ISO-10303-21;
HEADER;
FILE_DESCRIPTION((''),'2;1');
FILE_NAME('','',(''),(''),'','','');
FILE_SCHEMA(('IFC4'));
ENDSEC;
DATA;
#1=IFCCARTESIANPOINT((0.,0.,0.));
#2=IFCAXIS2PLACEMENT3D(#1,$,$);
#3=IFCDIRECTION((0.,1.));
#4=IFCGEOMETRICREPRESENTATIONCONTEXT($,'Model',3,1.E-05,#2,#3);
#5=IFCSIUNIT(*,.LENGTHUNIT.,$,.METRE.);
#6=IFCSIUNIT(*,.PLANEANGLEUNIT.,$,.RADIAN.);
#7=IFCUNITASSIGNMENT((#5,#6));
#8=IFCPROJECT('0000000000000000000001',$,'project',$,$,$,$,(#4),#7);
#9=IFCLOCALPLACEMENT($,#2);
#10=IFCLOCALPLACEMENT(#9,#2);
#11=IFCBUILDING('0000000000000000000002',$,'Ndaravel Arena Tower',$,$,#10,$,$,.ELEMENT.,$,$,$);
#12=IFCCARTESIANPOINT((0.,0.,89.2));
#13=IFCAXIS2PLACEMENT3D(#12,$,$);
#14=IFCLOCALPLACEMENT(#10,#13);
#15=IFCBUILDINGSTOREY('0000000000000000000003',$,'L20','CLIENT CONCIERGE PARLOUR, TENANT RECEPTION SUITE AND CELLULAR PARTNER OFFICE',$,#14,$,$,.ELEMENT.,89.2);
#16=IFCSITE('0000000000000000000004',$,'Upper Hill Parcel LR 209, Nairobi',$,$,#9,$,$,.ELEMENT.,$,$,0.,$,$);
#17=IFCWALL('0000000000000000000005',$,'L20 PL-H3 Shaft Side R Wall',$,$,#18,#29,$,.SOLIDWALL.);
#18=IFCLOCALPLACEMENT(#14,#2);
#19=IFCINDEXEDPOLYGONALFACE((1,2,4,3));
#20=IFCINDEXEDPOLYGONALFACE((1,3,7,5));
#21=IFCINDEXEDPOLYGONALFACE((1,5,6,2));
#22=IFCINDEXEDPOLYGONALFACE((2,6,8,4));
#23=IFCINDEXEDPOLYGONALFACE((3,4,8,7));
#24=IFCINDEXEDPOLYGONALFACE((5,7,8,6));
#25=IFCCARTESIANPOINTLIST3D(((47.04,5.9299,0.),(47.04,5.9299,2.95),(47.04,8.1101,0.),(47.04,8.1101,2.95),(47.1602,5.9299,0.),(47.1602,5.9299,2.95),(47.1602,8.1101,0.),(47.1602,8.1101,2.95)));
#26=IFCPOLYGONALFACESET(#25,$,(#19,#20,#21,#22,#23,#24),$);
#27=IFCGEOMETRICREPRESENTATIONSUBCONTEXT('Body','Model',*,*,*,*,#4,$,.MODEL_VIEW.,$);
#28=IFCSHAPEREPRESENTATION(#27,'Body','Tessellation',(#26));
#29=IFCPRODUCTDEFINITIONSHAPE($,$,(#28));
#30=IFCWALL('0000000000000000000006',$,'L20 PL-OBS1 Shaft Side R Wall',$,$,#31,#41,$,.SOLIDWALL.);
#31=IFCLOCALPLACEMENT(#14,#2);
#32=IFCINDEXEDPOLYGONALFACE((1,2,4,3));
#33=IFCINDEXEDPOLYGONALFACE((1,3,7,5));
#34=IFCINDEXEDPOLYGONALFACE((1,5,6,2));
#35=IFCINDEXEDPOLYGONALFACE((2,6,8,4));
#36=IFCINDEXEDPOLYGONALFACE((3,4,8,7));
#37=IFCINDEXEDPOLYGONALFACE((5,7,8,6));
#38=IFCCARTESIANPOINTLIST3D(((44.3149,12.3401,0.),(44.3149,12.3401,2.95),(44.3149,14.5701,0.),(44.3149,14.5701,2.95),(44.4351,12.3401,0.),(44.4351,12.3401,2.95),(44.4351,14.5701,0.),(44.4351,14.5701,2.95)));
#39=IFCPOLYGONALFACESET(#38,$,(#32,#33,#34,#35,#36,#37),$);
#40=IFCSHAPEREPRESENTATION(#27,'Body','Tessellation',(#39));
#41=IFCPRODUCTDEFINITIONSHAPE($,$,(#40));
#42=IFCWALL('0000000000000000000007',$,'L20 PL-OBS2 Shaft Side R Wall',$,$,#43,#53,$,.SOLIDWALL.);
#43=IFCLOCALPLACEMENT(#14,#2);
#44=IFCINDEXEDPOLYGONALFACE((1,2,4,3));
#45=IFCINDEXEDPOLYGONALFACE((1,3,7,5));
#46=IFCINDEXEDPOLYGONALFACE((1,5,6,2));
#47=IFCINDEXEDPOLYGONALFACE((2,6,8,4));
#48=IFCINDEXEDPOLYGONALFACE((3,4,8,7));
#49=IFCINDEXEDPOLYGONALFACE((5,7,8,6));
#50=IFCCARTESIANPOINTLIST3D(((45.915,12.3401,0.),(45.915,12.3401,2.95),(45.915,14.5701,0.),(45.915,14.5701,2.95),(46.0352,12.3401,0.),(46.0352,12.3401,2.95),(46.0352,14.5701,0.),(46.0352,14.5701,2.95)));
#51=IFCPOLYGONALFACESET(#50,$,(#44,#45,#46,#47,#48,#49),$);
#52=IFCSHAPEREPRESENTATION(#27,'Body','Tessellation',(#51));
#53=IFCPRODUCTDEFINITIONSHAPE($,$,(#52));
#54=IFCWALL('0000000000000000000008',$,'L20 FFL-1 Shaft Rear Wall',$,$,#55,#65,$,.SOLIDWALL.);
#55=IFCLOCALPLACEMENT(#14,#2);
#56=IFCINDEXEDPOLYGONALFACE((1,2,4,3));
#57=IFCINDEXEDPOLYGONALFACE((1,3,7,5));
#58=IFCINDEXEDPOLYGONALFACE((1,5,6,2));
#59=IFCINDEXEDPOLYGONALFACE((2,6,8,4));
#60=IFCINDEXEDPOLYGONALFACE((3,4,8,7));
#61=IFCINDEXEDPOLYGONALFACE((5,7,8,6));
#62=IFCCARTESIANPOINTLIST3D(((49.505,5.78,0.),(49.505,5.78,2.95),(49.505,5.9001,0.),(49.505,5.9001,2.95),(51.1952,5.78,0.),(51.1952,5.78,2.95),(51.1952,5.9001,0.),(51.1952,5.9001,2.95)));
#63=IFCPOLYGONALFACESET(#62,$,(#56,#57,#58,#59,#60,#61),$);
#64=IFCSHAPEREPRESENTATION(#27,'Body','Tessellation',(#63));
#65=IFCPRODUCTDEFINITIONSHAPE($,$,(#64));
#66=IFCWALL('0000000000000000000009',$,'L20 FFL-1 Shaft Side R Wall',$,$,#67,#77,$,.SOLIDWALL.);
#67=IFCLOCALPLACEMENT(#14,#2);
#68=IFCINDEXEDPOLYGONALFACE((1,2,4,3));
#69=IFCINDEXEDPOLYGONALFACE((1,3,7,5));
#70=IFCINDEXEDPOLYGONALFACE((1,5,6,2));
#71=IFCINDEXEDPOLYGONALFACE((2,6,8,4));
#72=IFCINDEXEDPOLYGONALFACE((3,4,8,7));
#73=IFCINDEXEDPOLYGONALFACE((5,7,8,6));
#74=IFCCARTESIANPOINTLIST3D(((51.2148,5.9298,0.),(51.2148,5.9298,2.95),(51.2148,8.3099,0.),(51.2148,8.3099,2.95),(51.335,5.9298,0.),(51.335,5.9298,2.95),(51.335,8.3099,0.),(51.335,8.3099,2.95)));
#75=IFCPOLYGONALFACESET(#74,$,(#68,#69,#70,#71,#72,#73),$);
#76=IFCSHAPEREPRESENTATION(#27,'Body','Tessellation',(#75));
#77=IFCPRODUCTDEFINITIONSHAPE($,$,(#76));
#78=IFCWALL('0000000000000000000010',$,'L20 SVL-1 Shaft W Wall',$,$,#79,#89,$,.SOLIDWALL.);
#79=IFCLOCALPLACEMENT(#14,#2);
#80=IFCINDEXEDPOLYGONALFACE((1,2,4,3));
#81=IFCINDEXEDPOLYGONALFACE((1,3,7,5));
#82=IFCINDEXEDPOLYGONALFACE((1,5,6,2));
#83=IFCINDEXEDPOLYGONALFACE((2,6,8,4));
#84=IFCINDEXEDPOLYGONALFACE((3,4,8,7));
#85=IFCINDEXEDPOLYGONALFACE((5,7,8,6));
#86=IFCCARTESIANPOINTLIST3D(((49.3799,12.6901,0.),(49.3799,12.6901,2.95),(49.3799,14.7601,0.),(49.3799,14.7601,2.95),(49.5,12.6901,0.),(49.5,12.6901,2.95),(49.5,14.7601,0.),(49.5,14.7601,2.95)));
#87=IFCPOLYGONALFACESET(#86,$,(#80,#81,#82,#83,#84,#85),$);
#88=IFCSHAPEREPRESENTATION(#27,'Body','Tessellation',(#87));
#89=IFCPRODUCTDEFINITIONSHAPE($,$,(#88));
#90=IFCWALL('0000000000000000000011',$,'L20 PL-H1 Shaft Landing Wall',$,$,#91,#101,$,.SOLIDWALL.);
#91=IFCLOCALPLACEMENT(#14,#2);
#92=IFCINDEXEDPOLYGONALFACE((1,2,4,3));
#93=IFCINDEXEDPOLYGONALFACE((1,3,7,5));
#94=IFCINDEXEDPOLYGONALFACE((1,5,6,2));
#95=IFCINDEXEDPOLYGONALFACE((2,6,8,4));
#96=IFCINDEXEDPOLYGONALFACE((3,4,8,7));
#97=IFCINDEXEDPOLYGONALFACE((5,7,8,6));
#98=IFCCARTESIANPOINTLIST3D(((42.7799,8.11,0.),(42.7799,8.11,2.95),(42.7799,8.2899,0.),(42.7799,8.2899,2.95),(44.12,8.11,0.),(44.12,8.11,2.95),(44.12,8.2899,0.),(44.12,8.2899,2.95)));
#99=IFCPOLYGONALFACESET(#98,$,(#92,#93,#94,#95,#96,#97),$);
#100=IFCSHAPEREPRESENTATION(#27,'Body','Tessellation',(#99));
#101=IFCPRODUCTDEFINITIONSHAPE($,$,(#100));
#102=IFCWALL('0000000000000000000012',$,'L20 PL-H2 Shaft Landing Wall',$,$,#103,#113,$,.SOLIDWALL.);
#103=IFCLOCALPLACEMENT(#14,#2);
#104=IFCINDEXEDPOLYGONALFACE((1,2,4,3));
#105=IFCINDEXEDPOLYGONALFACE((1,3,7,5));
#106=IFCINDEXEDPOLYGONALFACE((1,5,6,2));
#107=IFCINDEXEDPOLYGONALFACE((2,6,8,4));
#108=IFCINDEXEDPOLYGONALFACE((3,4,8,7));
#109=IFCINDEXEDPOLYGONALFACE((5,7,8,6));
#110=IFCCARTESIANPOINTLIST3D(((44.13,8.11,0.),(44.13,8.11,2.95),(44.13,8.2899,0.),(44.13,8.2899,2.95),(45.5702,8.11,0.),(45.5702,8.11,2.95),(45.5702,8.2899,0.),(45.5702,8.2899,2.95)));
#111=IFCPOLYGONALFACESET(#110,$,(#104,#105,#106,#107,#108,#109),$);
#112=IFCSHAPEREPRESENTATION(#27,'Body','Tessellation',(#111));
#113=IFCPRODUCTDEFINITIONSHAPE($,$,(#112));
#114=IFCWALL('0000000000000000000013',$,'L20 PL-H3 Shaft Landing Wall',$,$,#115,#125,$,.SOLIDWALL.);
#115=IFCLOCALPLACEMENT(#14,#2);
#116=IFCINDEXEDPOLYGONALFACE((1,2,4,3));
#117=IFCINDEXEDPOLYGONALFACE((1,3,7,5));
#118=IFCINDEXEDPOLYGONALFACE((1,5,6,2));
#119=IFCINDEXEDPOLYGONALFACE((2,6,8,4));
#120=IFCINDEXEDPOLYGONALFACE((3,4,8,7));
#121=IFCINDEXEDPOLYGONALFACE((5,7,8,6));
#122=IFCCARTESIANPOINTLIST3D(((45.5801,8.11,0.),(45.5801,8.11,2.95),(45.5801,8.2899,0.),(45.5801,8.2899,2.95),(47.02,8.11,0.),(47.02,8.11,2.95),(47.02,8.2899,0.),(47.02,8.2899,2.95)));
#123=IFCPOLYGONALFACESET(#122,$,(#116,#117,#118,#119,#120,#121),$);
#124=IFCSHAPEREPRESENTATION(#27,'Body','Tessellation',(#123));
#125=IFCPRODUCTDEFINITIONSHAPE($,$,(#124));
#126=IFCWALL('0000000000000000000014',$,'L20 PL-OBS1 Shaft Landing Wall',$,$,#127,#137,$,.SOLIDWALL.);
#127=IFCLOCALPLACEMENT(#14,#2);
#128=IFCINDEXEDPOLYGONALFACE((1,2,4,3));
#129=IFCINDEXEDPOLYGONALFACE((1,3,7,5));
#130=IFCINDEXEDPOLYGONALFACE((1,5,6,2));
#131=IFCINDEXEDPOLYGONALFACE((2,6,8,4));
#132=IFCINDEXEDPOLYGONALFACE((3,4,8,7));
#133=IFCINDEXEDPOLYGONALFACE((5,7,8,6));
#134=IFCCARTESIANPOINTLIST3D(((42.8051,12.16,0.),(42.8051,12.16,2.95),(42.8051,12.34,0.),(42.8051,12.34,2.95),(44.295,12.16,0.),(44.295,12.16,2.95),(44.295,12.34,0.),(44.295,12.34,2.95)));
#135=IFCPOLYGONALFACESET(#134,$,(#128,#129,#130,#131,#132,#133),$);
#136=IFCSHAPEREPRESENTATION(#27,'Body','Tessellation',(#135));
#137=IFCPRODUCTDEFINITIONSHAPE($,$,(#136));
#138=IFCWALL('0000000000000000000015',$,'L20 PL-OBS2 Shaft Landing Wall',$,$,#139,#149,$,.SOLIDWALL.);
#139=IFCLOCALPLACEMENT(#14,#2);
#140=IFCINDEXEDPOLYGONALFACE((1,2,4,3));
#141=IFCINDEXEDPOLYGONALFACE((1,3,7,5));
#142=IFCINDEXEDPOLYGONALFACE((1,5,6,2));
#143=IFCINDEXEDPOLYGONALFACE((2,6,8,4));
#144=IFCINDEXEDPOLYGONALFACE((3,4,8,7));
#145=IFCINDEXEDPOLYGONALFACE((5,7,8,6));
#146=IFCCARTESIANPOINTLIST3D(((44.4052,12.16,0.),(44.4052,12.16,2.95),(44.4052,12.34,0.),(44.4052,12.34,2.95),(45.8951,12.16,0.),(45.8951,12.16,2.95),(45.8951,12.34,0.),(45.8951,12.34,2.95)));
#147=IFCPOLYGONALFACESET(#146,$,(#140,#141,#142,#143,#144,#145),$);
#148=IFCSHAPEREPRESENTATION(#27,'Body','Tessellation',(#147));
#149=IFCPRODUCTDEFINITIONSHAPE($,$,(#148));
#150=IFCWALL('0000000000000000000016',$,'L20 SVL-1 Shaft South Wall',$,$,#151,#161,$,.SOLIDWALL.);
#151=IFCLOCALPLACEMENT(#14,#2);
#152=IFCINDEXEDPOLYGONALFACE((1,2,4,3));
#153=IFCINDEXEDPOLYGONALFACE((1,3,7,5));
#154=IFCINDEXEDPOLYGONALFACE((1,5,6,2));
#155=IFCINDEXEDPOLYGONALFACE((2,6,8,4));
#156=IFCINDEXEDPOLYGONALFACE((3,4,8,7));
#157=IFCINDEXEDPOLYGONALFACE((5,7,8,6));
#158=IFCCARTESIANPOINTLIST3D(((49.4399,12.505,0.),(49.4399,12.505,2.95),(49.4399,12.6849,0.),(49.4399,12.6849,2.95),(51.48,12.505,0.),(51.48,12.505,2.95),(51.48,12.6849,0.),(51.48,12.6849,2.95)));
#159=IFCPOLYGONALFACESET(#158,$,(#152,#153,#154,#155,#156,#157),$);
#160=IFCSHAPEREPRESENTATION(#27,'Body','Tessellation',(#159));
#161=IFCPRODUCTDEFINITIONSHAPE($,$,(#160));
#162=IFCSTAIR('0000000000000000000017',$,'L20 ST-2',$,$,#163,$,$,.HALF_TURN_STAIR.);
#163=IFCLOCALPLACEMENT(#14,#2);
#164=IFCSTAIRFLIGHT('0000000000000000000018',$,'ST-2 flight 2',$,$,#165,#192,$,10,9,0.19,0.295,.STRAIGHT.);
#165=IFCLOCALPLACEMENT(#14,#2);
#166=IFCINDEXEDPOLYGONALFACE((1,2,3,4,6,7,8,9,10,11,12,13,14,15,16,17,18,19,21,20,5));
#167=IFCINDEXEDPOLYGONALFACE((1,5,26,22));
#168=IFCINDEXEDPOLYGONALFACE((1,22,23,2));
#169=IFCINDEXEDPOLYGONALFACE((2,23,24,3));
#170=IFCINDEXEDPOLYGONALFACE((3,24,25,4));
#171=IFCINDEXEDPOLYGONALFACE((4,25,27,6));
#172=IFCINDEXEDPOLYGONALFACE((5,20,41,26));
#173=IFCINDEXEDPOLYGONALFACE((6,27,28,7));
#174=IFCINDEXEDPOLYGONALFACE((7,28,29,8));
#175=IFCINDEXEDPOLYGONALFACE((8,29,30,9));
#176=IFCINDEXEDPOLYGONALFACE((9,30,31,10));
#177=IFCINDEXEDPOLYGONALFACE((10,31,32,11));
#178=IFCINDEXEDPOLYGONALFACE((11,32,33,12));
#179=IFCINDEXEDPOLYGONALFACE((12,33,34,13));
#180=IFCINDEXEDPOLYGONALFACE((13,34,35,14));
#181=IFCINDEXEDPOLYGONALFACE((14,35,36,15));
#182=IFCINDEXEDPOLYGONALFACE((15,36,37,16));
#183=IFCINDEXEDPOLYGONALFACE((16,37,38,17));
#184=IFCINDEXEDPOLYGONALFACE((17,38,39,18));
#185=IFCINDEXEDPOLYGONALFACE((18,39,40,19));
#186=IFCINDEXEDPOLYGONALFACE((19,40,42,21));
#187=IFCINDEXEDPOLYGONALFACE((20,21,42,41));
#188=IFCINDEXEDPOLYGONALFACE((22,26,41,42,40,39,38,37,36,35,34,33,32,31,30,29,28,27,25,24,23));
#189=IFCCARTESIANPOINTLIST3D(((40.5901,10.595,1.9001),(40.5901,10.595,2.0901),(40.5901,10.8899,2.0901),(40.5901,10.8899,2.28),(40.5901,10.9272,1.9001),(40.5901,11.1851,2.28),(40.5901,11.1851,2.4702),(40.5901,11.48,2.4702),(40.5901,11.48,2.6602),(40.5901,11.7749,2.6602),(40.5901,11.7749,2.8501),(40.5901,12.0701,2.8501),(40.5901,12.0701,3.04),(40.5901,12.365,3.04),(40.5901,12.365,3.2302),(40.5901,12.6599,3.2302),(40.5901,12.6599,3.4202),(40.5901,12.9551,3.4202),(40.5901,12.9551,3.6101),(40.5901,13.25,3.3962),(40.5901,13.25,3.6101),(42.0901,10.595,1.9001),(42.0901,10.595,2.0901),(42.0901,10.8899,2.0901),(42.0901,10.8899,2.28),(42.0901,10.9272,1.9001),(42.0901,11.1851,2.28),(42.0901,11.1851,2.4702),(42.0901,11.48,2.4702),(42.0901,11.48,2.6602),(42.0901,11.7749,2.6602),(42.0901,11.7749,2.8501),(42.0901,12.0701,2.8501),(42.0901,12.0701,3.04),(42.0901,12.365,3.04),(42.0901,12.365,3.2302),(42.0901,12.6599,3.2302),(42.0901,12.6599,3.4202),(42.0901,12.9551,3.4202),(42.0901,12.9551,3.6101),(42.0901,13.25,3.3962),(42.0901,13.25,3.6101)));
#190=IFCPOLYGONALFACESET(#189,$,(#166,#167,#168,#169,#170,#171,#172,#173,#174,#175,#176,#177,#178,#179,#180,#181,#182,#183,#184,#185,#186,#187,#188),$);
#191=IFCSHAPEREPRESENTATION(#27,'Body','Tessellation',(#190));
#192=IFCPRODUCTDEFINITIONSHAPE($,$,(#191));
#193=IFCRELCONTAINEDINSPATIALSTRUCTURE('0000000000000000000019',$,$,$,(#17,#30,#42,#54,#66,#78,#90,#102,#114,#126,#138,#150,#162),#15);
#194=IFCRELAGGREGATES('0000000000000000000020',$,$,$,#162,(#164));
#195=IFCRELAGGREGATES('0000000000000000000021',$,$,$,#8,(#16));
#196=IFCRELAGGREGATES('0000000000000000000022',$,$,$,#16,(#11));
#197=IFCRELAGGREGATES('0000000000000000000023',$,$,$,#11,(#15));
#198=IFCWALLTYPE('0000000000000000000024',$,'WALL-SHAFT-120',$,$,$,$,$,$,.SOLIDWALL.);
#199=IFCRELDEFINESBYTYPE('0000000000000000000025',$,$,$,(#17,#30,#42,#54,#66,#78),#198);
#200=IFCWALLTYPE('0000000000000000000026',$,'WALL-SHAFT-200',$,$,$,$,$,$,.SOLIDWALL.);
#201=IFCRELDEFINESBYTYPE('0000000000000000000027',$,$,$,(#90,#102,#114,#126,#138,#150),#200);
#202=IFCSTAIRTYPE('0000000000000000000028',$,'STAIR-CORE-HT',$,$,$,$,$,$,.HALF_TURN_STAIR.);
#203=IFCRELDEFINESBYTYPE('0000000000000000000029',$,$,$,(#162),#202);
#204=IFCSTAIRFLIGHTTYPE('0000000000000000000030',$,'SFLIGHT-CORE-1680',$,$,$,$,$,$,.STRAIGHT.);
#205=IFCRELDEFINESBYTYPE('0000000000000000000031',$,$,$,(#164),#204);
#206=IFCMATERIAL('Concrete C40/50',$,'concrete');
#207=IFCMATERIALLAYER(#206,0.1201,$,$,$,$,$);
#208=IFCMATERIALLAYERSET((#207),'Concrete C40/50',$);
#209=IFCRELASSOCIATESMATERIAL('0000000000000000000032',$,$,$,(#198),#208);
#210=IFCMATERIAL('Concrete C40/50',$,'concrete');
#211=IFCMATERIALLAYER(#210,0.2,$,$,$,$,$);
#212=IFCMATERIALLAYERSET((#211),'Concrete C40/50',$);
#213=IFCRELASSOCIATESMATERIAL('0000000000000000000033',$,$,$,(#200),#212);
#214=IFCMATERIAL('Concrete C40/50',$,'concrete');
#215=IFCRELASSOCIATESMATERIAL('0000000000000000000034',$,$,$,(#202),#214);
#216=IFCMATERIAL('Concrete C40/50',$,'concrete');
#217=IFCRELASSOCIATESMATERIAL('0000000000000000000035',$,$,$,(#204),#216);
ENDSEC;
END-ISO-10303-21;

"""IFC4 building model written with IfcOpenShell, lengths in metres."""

from ifc_helpers import new_model, si_unit, direction, frame, frame_2d, origin, place, context, subcontext, project, spatial, polyline, rectangle, outline, extrude, material, layer, layer_set, type_object, element, aggregate, save


model = new_model("IFC4")

# Units and contexts
model_context = context("Model", 3, precision=1e-05, world=origin(), true_north=direction((0.0, 1.0)))
body_context = subcontext(model_context, "Body", "Model", "MODEL_VIEW")
ifc_project = project(units=[si_unit("LENGTHUNIT", "METRE"), si_unit("PLANEANGLEUNIT", "RADIAN")], contexts=[model_context])

# Site, building, storey
site_placement = place(None, origin())
site = spatial("IfcSite", under=ifc_project, at=site_placement, Name="Upper Hill Parcel LR 209, Nairobi", CompositionType="ELEMENT", RefElevation=0.0)
building_placement = place(site_placement, origin())
building = spatial("IfcBuilding", under=site, at=building_placement, Name="Ndaravel Arena Tower", CompositionType="ELEMENT")
storey_placement = place(building_placement, frame((0.0, 0.0, 89.2)))
storey = spatial("IfcBuildingStorey", under=building, at=storey_placement, Name="L20", Description="CLIENT CONCIERGE PARLOUR, TENANT RECEPTION SUITE AND CELLULAR PARTNER OFFICE", CompositionType="ELEMENT", Elevation=89.2)

# Walls
ifc_material_1 = material(Name="Concrete C40/50", Category="concrete")
ifc_layer_1 = layer(ifc_material_1, 0.1201)
ifc_layer_set_1 = layer_set([ifc_layer_1], Name="Concrete C40/50")
wall_type_1 = type_object("IfcWallType", Name="WALL-SHAFT-120", PredefinedType="SOLIDWALL", material=ifc_layer_set_1)
wall_1_placement = place(storey_placement, frame((47.1001, 5.9299, 0.0), z_axis=(0.0, 0.0, 1.0), x_axis=(0.0, 1.0, 0.0)))
element("IfcWall", 1, at=wall_1_placement, inside=storey, type_object=wall_type_1, Name="L20 PL-H3 Shaft Side R Wall", PredefinedType="SOLIDWALL", context=body_context, shape_type="SweptSolid", body=[
    extrude(rectangle(XDim=2.1802, YDim=0.1201, at=frame_2d((1.0901, 0.0))), origin(), (0.0, 0.0, 1.0), 2.95),
])
for number, where, z_axis, x_axis, name in (
    (2, (44.375, 12.3401, 0.0), (0.0, 0.0, 1.0), (0.0, 1.0, 0.0), "L20 PL-OBS1 Shaft Side R Wall"),
    (3, (45.9751, 12.3401, 0.0), (0.0, 0.0, 1.0), (0.0, 1.0, 0.0), "L20 PL-OBS2 Shaft Side R Wall"),
):
    element("IfcWall", number, at=place(storey_placement, frame(where, z_axis=z_axis, x_axis=x_axis)), inside=storey, type_object=wall_type_1, Name=name, PredefinedType="SOLIDWALL", context=body_context, shape_type="SweptSolid", body=[
        extrude(rectangle(XDim=2.23, YDim=0.1201, at=frame_2d((1.115, 0.0))), origin(), (0.0, 0.0, 1.0), 2.95),
    ])
wall_2_placement = place(storey_placement, frame((49.5049, 5.8401, 0.0), z_axis=(0.0, 0.0, 1.0), x_axis=(1.0, 0.0, 0.0)))
element("IfcWall", 4, at=wall_2_placement, inside=storey, type_object=wall_type_1, Name="L20 FFL-1 Shaft Rear Wall", PredefinedType="SOLIDWALL", context=body_context, shape_type="SweptSolid", body=[
    extrude(rectangle(XDim=1.6902, YDim=0.1201, at=frame_2d((0.8452, 0.0))), origin(), (0.0, 0.0, 1.0), 2.95),
])
wall_3_placement = place(storey_placement, frame((51.2749, 5.9299, 0.0), z_axis=(0.0, 0.0, 1.0), x_axis=(0.0, 1.0, 0.0)))
element("IfcWall", 5, at=wall_3_placement, inside=storey, type_object=wall_type_1, Name="L20 FFL-1 Shaft Side R Wall", PredefinedType="SOLIDWALL", context=body_context, shape_type="SweptSolid", body=[
    extrude(rectangle(XDim=2.3801, YDim=0.1201, at=frame_2d((1.1899, 0.0))), origin(), (0.0, 0.0, 1.0), 2.95),
])
wall_4_placement = place(storey_placement, frame((49.4399, 12.6899, 0.0), z_axis=(0.0, 0.0, 1.0), x_axis=(0.0, 1.0, 0.0)))
element("IfcWall", 6, at=wall_4_placement, inside=storey, type_object=wall_type_1, Name="L20 SVL-1 Shaft W Wall", PredefinedType="SOLIDWALL", context=body_context, shape_type="SweptSolid", body=[
    extrude(rectangle(XDim=2.0701, YDim=0.1201, at=frame_2d((1.0352, 0.0))), origin(), (0.0, 0.0, 1.0), 2.95),
])
ifc_material_2 = material(Name="Concrete C40/50", Category="concrete")
ifc_layer_2 = layer(ifc_material_2, 0.2)
ifc_layer_set_2 = layer_set([ifc_layer_2], Name="Concrete C40/50")
wall_type_2 = type_object("IfcWallType", Name="WALL-SHAFT-200", PredefinedType="SOLIDWALL", material=ifc_layer_set_2)
wall_5_placement = place(storey_placement, frame((42.78, 8.2, 0.0), z_axis=(0.0, 0.0, 1.0), x_axis=(1.0, 0.0, 0.0)))
element("IfcWall", 7, at=wall_5_placement, inside=storey, type_object=wall_type_2, Name="L20 PL-H1 Shaft Landing Wall", PredefinedType="SOLIDWALL", context=body_context, shape_type="SweptSolid", body=[
    extrude(rectangle(XDim=1.3401, YDim=0.1799, at=frame_2d((0.6699, 0.0))), origin(), (0.0, 0.0, 1.0), 2.95),
])
wall_6_placement = place(storey_placement, frame((44.1299, 8.2, 0.0), z_axis=(0.0, 0.0, 1.0), x_axis=(1.0, 0.0, 0.0)))
element("IfcWall", 8, at=wall_6_placement, inside=storey, type_object=wall_type_2, Name="L20 PL-H2 Shaft Landing Wall", PredefinedType="SOLIDWALL", context=body_context, shape_type="SweptSolid", body=[
    extrude(rectangle(XDim=1.4402, YDim=0.1799, at=frame_2d((0.7202, 0.0))), origin(), (0.0, 0.0, 1.0), 2.95),
])
wall_7_placement = place(storey_placement, frame((45.5801, 8.2, 0.0), z_axis=(0.0, 0.0, 1.0), x_axis=(1.0, 0.0, 0.0)))
element("IfcWall", 9, at=wall_7_placement, inside=storey, type_object=wall_type_2, Name="L20 PL-H3 Shaft Landing Wall", PredefinedType="SOLIDWALL", context=body_context, shape_type="SweptSolid", body=[
    extrude(rectangle(XDim=1.4399, YDim=0.1799, at=frame_2d((0.72, 0.0))), origin(), (0.0, 0.0, 1.0), 2.95),
])
for number, where, z_axis, x_axis, name in (
    (10, (42.8049, 12.25, 0.0), (0.0, 0.0, 1.0), (1.0, 0.0, 0.0), "L20 PL-OBS1 Shaft Landing Wall"),
    (11, (44.405, 12.25, 0.0), (0.0, 0.0, 1.0), (1.0, 0.0, 0.0), "L20 PL-OBS2 Shaft Landing Wall"),
):
    element("IfcWall", number, at=place(storey_placement, frame(where, z_axis=z_axis, x_axis=x_axis)), inside=storey, type_object=wall_type_2, Name=name, PredefinedType="SOLIDWALL", context=body_context, shape_type="SweptSolid", body=[
        extrude(rectangle(XDim=1.49, YDim=0.1799, at=frame_2d((0.7451, 0.0))), origin(), (0.0, 0.0, 1.0), 2.95),
    ])

# Wall
wall_8_placement = place(storey_placement, frame((49.4399, 12.595, 0.0), z_axis=(0.0, 0.0, 1.0), x_axis=(1.0, 0.0, 0.0)))
element("IfcWall", 12, at=wall_8_placement, inside=storey, type_object=wall_type_2, Name="L20 SVL-1 Shaft South Wall", PredefinedType="SOLIDWALL", context=body_context, shape_type="SweptSolid", body=[
    extrude(rectangle(XDim=2.04, YDim=0.1799, at=frame_2d((1.02, 0.0))), origin(), (0.0, 0.0, 1.0), 2.95),
])

# Stair, stair flight
ifc_material_3 = material(Name="Concrete C40/50", Category="concrete")
stair_type = type_object("IfcStairType", Name="STAIR-CORE-HT", PredefinedType="HALF_TURN_STAIR", material=ifc_material_3)
stair_placement = place(storey_placement, origin())
stair = element("IfcStair", 13, at=stair_placement, inside=storey, type_object=stair_type, Name="L20 ST-2", PredefinedType="HALF_TURN_STAIR")
ifc_material_4 = material(Name="Concrete C40/50", Category="concrete")
stair_flight_type = type_object("IfcStairFlightType", Name="SFLIGHT-CORE-1680", PredefinedType="STRAIGHT", material=ifc_material_4)
stair_flight_placement = place(storey_placement, frame((41.3401, 10.595, 1.9001), z_axis=(0.0, 0.0, 1.0), x_axis=(0.0, 1.0, 0.0)))
stair_flight = element("IfcStairFlight", 14, at=stair_flight_placement, type_object=stair_flight_type, Name="ST-2 flight 2", NumberOfRisers=10, NumberOfTreads=9, PredefinedType="STRAIGHT", RiserHeight=0.19, TreadLength=0.295, context=body_context, shape_type="SweptSolid", body=[
    extrude(outline(polyline([(0.0, 0.0), (0.0, 0.1899), (0.2949, 0.1899), (0.2949, 0.3799), (0.5901, 0.3799), (0.5901, 0.5701), (0.885, 0.5701), (0.885, 0.76), (1.1799, 0.76), (1.1799, 0.95), (1.4751, 0.95), (1.4751, 1.1399), (1.77, 1.1399), (1.77, 1.3301), (2.0649, 1.3301), (2.0649, 1.52), (2.3601, 1.52), (2.3601, 1.71), (2.655, 1.71), (2.655, 1.8999), (2.655, 1.4961), (0.3323, 0.0), (0.0, 0.0)])), frame((0.0, 0.75, 0.0), z_axis=(0.0, -1.0, 0.0), x_axis=(1.0, 0.0, 0.0)), (0.0, 0.0, 1.0), 1.5),
])
aggregate(stair, [stair_flight])

save(model, "model.ifc")
